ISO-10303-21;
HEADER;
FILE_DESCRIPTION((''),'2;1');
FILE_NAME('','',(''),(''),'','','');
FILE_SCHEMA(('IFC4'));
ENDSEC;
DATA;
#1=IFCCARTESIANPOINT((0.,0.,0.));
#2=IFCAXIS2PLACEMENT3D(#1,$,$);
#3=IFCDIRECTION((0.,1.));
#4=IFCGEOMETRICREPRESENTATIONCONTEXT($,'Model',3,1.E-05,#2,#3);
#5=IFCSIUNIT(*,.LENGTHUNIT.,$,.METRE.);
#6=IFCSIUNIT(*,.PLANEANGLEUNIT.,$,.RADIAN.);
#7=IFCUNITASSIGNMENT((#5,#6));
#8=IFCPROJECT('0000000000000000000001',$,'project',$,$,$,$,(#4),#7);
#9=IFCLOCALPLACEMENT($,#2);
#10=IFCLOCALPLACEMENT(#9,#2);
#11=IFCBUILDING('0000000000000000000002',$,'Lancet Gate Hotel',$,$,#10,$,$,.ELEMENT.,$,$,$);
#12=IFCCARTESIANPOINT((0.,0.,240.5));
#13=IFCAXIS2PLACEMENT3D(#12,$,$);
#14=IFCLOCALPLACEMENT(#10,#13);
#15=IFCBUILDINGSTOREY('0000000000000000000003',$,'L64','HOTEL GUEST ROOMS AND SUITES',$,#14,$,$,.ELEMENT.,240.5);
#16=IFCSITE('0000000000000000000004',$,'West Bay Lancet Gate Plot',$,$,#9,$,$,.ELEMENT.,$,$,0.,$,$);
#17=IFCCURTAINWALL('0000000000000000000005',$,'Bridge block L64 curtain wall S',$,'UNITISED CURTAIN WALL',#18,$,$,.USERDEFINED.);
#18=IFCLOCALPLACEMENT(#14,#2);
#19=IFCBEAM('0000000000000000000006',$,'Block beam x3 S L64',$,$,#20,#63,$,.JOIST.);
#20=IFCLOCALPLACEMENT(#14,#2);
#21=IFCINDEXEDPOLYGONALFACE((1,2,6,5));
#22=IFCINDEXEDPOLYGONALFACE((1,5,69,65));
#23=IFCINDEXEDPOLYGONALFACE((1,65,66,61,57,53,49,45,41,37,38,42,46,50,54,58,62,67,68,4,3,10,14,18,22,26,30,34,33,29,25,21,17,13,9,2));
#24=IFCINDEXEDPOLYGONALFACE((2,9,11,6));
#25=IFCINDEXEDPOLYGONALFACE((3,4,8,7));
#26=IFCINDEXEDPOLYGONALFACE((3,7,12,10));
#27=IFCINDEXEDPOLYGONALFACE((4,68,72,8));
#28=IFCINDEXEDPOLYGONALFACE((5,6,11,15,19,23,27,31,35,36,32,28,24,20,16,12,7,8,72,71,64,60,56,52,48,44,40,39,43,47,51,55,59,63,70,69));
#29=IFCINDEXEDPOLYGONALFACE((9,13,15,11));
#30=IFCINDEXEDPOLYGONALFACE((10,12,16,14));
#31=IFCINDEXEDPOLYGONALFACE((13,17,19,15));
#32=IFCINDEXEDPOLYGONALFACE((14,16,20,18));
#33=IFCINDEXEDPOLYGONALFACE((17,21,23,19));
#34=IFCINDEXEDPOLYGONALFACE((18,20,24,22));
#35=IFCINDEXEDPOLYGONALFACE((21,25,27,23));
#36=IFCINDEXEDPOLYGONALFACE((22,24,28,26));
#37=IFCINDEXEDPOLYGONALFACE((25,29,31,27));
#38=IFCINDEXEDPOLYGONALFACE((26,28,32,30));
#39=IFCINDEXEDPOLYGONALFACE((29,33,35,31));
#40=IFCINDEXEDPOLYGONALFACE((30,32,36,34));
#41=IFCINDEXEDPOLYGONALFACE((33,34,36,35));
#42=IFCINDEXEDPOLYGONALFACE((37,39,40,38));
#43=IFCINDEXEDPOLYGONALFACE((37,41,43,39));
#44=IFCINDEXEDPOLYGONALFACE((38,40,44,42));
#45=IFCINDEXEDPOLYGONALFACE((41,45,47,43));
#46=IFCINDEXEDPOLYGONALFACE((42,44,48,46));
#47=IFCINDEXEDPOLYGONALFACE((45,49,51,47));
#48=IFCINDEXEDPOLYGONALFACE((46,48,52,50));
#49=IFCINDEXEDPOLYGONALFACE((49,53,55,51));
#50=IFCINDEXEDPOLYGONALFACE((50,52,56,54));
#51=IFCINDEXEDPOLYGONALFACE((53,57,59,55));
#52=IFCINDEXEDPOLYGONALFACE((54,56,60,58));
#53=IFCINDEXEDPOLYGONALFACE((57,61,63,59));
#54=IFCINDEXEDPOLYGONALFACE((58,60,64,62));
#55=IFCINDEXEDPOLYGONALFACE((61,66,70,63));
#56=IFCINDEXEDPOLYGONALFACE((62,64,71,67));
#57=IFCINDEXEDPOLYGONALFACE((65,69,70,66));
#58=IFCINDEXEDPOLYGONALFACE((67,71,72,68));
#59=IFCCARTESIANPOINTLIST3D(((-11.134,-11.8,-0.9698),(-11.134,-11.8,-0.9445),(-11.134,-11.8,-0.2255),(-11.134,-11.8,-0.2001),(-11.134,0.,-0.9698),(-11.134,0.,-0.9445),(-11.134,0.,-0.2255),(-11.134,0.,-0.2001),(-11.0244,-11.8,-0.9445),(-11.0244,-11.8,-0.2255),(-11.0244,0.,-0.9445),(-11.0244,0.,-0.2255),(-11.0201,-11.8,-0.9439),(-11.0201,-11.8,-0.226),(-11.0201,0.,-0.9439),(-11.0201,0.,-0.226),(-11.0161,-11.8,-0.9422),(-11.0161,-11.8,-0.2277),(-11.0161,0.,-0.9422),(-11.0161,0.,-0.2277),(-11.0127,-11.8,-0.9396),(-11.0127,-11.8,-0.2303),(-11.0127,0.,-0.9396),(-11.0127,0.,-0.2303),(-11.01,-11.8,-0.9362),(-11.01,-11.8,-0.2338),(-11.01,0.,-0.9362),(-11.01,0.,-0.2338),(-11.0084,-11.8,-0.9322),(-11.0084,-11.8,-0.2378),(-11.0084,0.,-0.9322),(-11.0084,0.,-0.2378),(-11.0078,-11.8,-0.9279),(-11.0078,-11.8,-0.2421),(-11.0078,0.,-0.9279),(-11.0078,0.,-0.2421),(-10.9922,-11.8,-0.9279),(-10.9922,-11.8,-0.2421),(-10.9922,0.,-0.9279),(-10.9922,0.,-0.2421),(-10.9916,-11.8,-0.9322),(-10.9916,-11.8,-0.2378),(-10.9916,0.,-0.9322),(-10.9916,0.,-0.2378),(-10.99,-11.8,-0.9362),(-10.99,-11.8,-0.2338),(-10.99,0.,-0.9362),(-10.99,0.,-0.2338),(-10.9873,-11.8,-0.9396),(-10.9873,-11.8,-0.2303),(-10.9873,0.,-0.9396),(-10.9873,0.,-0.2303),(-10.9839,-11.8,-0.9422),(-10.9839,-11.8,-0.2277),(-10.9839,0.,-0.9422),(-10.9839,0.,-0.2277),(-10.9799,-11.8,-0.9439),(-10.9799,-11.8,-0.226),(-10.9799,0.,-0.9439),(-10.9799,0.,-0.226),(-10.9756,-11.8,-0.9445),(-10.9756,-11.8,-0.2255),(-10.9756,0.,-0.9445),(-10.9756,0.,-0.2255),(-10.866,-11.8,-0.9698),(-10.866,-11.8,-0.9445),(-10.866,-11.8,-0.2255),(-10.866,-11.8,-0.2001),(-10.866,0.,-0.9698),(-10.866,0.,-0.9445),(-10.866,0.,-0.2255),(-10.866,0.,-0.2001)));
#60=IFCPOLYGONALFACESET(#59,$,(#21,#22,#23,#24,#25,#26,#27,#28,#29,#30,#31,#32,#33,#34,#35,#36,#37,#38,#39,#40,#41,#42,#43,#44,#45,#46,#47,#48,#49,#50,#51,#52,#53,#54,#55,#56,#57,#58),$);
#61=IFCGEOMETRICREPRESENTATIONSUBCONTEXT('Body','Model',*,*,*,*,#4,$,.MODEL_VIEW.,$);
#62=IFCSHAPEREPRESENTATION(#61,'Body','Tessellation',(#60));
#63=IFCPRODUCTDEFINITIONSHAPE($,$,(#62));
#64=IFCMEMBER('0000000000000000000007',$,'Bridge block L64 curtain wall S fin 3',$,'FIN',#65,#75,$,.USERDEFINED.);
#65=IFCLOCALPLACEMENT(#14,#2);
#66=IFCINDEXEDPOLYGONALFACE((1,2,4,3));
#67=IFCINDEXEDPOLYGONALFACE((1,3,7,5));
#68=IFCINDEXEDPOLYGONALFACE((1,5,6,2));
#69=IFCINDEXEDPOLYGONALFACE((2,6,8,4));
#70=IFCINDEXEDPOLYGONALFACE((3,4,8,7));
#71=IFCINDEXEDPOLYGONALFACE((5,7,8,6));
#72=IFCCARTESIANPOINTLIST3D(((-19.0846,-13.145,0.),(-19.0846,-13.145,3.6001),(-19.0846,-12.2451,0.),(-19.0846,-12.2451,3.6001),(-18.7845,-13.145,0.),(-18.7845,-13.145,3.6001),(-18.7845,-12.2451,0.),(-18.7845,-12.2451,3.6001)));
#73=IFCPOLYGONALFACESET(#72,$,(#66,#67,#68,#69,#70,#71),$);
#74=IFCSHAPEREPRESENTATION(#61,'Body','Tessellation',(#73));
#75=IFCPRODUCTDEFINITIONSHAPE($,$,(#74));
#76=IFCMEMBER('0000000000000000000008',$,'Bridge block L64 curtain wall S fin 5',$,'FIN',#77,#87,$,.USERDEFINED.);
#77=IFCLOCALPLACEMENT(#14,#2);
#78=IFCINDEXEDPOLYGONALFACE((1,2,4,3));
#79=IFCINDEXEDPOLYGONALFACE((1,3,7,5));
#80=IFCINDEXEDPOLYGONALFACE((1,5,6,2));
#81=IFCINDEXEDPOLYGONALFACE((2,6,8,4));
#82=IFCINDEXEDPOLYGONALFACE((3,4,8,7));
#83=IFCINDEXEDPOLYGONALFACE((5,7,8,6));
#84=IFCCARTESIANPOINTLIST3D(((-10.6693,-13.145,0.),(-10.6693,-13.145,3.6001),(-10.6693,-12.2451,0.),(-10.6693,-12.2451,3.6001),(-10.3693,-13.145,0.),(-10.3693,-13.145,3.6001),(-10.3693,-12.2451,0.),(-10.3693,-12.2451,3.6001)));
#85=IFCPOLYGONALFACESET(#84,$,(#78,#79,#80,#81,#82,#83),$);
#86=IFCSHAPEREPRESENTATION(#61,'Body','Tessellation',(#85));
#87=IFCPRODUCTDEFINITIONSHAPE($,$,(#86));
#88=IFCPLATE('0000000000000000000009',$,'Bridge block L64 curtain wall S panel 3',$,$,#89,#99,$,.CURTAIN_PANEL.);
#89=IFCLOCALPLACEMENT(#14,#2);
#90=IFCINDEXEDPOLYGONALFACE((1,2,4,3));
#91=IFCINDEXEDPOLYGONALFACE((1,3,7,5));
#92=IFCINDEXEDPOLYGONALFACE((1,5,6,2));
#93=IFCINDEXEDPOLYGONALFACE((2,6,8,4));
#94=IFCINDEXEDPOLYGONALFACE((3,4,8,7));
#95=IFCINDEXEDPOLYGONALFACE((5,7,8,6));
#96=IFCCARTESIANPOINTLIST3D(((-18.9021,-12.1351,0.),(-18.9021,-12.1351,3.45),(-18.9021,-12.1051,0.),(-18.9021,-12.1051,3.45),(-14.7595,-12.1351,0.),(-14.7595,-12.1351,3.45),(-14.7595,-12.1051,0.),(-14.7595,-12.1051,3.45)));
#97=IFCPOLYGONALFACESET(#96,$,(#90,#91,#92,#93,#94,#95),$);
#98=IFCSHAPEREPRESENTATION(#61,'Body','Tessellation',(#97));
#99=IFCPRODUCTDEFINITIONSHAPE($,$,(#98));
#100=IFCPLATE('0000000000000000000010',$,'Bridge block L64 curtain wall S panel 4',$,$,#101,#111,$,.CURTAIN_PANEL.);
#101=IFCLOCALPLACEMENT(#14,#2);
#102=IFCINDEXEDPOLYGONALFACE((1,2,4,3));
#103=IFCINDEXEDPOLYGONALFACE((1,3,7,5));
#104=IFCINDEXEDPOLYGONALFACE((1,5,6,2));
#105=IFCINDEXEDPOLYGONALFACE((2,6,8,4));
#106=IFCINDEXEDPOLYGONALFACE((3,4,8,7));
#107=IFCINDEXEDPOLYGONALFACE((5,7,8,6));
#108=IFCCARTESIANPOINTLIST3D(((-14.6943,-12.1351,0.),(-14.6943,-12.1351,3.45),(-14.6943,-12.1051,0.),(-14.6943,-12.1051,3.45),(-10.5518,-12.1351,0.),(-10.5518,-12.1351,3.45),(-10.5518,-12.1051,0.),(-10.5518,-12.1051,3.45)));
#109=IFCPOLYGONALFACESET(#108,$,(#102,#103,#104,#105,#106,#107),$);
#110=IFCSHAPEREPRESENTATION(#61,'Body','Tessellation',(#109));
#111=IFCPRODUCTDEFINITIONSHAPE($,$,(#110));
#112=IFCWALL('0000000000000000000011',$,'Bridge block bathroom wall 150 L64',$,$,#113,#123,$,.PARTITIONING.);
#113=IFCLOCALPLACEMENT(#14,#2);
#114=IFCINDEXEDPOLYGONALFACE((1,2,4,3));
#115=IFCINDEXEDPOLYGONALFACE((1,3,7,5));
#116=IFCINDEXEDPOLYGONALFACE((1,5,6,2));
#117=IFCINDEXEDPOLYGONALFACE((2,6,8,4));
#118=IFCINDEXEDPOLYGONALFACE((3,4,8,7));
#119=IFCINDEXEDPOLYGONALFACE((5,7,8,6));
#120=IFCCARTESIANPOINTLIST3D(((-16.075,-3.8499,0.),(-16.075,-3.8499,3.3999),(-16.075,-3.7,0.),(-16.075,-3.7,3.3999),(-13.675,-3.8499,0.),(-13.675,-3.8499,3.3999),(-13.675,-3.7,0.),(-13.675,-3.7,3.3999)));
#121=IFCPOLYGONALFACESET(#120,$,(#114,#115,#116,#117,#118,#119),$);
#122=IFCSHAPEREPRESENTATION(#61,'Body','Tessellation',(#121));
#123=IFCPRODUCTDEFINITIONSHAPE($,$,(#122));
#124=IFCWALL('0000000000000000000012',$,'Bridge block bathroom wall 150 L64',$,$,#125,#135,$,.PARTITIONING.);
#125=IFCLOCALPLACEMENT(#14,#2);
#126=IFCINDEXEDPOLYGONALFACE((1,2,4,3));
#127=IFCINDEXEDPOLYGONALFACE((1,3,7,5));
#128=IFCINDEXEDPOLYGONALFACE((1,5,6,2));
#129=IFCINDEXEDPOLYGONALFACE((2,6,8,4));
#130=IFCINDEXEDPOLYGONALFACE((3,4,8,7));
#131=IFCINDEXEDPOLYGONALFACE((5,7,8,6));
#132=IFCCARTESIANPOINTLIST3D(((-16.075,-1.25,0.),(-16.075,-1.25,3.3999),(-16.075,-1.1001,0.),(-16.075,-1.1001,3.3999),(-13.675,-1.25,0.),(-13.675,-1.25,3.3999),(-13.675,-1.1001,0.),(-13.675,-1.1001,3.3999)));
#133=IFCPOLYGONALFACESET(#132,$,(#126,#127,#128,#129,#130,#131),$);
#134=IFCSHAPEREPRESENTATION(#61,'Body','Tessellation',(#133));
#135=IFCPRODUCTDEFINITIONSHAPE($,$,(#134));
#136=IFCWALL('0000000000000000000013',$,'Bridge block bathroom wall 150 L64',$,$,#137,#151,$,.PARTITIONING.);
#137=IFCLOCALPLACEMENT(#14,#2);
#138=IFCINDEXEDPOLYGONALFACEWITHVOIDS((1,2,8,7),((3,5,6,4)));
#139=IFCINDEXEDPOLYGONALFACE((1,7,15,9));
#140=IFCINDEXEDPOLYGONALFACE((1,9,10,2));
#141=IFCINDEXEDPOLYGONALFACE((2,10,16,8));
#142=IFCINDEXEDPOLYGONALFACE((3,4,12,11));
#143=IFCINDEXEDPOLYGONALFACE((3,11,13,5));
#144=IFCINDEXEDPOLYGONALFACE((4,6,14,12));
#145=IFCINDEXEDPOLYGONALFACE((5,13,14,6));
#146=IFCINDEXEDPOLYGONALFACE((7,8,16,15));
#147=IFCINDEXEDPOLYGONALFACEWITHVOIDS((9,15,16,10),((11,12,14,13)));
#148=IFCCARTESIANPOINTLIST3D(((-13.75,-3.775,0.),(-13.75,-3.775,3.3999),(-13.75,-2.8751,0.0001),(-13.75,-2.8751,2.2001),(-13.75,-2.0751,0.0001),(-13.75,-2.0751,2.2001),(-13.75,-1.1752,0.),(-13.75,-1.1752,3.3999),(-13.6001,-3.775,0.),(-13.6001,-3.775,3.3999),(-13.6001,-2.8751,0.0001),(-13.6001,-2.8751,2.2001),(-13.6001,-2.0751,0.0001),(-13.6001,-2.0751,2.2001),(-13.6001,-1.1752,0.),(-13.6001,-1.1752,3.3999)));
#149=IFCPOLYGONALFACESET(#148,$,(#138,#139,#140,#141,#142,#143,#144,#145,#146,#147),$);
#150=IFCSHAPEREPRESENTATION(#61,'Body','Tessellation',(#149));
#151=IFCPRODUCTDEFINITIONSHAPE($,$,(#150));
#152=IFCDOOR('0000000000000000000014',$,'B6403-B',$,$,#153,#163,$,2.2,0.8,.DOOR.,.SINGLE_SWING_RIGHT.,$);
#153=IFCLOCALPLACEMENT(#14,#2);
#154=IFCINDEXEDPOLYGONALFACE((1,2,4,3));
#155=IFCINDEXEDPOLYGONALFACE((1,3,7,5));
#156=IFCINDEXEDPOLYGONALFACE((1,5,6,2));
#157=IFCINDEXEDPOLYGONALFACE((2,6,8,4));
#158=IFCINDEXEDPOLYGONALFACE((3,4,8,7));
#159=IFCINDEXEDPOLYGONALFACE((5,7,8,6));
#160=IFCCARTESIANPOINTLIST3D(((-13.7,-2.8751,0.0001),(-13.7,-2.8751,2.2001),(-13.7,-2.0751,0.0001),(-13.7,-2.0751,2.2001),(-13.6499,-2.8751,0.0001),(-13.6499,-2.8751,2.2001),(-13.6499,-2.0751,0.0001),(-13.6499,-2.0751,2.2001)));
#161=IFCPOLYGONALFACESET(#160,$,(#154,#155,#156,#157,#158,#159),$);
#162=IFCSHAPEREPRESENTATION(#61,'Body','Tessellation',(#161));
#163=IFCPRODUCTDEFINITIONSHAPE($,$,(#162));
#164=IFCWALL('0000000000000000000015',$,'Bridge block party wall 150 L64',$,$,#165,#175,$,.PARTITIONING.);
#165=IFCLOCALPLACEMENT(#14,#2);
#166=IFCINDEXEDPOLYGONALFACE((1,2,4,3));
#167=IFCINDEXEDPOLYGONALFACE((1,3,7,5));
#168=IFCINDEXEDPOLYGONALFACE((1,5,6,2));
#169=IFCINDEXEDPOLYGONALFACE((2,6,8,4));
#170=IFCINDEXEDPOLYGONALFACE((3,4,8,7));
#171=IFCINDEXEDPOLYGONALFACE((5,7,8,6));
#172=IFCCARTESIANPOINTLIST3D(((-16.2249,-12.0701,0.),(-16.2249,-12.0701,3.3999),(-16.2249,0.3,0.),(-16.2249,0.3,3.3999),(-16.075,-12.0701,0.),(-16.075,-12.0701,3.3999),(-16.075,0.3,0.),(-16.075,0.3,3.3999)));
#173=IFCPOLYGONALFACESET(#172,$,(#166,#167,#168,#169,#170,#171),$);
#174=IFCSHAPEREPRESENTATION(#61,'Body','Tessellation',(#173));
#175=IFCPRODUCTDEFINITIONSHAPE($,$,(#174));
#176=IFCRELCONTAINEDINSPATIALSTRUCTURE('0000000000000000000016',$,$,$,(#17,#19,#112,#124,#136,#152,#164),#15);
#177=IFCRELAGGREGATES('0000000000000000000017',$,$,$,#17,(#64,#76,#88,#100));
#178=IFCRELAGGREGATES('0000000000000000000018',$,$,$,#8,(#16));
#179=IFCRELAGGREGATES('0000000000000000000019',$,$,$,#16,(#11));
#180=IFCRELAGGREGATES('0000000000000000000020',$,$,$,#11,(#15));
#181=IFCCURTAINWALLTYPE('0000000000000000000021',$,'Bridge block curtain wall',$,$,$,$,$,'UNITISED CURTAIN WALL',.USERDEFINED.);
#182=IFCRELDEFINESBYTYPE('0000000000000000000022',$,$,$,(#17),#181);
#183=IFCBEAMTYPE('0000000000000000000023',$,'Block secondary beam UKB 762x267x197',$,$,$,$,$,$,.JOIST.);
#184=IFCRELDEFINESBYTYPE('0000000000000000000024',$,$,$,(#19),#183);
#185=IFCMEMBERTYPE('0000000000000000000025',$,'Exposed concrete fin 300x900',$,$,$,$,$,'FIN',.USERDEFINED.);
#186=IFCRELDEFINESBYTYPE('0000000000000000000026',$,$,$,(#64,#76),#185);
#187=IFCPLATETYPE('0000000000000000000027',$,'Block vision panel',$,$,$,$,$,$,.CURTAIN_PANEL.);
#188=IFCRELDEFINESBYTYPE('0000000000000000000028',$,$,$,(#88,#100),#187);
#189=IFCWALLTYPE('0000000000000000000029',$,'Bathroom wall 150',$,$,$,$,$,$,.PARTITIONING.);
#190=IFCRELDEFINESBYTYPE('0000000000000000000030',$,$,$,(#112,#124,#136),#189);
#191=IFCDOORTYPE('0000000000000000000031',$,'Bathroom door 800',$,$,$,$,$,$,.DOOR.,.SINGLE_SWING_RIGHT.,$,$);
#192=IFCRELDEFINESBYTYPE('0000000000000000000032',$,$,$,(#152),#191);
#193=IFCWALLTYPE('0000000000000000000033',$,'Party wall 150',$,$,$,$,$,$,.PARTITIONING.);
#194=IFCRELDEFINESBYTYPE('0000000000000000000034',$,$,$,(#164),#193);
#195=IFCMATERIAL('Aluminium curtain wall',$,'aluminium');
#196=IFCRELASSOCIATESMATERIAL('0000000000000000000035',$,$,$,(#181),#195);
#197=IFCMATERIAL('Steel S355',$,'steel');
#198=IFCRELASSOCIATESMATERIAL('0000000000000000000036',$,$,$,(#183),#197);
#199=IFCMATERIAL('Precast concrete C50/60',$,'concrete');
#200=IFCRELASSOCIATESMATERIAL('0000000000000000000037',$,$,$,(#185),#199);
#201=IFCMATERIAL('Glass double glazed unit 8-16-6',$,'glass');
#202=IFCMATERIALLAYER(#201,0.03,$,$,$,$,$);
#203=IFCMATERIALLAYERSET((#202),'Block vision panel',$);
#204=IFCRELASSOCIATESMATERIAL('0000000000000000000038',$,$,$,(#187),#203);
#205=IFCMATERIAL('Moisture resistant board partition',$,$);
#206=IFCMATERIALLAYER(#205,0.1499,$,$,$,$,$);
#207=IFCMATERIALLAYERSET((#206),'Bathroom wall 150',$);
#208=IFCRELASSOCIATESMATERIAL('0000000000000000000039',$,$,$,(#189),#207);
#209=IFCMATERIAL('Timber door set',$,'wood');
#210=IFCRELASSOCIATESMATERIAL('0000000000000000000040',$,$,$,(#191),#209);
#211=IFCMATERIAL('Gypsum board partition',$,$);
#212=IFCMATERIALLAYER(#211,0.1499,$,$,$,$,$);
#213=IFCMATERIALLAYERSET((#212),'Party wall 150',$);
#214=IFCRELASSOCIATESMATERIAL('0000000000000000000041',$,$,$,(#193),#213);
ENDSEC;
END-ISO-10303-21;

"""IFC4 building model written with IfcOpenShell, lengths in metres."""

from ifc_helpers import new_model, si_unit, direction, frame, frame_2d, origin, origin_2d, place, context, subcontext, project, spatial, rectangle, i_section, extrude, material, layer, layer_set, material_profile, profile_set, type_object, element, fill, aggregate, save


model = new_model("IFC4")

# Units and contexts
model_context = context("Model", 3, precision=1e-05, world=origin(), true_north=direction((0.0, 1.0)))
body_context = subcontext(model_context, "Body", "Model", "MODEL_VIEW")
ifc_project = project(units=[si_unit("LENGTHUNIT", "METRE"), si_unit("PLANEANGLEUNIT", "RADIAN")], contexts=[model_context])

# Site, building, storey
site_placement = place(None, origin())
site = spatial("IfcSite", under=ifc_project, at=site_placement, Name="West Bay Lancet Gate Plot", CompositionType="ELEMENT", RefElevation=0.0)
building_placement = place(site_placement, origin())
building = spatial("IfcBuilding", under=site, at=building_placement, Name="Lancet Gate Hotel", CompositionType="ELEMENT")
storey_placement = place(building_placement, frame((0.0, 0.0, 240.5)))
storey = spatial("IfcBuildingStorey", under=building, at=storey_placement, Name="L64", Description="HOTEL GUEST ROOMS AND SUITES", CompositionType="ELEMENT", Elevation=240.5)

# Curtain wall
ifc_material_1 = material(Name="Aluminium curtain wall", Category="aluminium")
curtain_wall_type = type_object("IfcCurtainWallType", Name="Bridge block curtain wall", ElementType="UNITISED CURTAIN WALL", PredefinedType="USERDEFINED", material=ifc_material_1)
curtain_wall_placement = place(storey_placement, origin())
curtain_wall = element("IfcCurtainWall", 1, at=curtain_wall_placement, inside=storey, type_object=curtain_wall_type, Name="Bridge block L64 curtain wall S", ObjectType="UNITISED CURTAIN WALL", PredefinedType="USERDEFINED")

# Beam
ifc_material_2 = material(Name="Steel S355", Category="steel")
ifc_material_profile_1 = material_profile(ifc_material_2, i_section(OverallWidth=0.2681, OverallDepth=0.7698, WebThickness=0.0156, FlangeThickness=0.0254, FilletRadius=0.0166, at=origin_2d()), Name="UKB 762x267x197")
ifc_profile_set_1 = profile_set([ifc_material_profile_1], Name="Steel S355")
beam_type_1 = type_object("IfcBeamType", Name="Block secondary beam UKB 762x267x197", PredefinedType="JOIST", material=ifc_profile_set_1)
for number, where, z_axis, x_axis, name in (
    (2, (-11.0, -11.8, -0.585), (0.0, 1.0, 0.0), (-1.0, 0.0, 0.0), "Block beam x3 S L64"),
):
    element("IfcBeam", number, at=place(storey_placement, frame(where, z_axis=z_axis, x_axis=x_axis)), inside=storey, type_object=beam_type_1, Name=name, PredefinedType="JOIST", context=body_context, shape_type="SweptSolid", body=[
        extrude(i_section(OverallWidth=0.2681, OverallDepth=0.7698, WebThickness=0.0156, FlangeThickness=0.0254, FilletRadius=0.0166, at=origin_2d()), origin(), (0.0, 0.0, 1.0), 11.8),
    ])

# Members
ifc_material_3 = material(Name="Precast concrete C50/60", Category="concrete")
ifc_material_profile_2 = material_profile(ifc_material_3, rectangle(XDim=0.3, YDim=0.8999, at=origin_2d()), Name="FIN 300x900")
ifc_profile_set_2 = profile_set([ifc_material_profile_2], Name="Precast concrete C50/60")
member_type_1 = type_object("IfcMemberType", Name="Exposed concrete fin 300x900", ElementType="FIN", PredefinedType="USERDEFINED", material=ifc_profile_set_2)
member_1_placement = place(storey_placement, frame((-18.9346, -12.6951, 0.0), z_axis=(0.0, 0.0, 1.0), x_axis=(1.0, 0.0, 0.0)))
member_1 = element("IfcMember", 3, at=member_1_placement, type_object=member_type_1, Name="Bridge block L64 curtain wall S fin 3", ObjectType="FIN", PredefinedType="USERDEFINED", context=body_context, shape_type="SweptSolid", body=[
    extrude(rectangle(XDim=0.3, YDim=0.8999, at=origin_2d()), origin(), (0.0, 0.0, 1.0), 3.6001),
])
member_2_placement = place(storey_placement, frame((-10.5193, -12.6951, 0.0), z_axis=(0.0, 0.0, 1.0), x_axis=(1.0, 0.0, 0.0)))
member_2 = element("IfcMember", 4, at=member_2_placement, type_object=member_type_1, Name="Bridge block L64 curtain wall S fin 5", ObjectType="FIN", PredefinedType="USERDEFINED", context=body_context, shape_type="SweptSolid", body=[
    extrude(rectangle(XDim=0.3, YDim=0.8999, at=origin_2d()), origin(), (0.0, 0.0, 1.0), 3.6001),
])

# Plates
ifc_material_4 = material(Name="Glass double glazed unit 8-16-6", Category="glass")
ifc_layer_1 = layer(ifc_material_4, 0.03)
ifc_layer_set_1 = layer_set([ifc_layer_1], Name="Block vision panel")
plate_type = type_object("IfcPlateType", Name="Block vision panel", PredefinedType="CURTAIN_PANEL", material=ifc_layer_set_1)
plate_1_placement = place(storey_placement, frame((-16.8308, -12.1201, 0.0), z_axis=(0.0, 0.0, 1.0), x_axis=(1.0, 0.0, 0.0)))
plate_1 = element("IfcPlate", 5, at=plate_1_placement, type_object=plate_type, Name="Bridge block L64 curtain wall S panel 3", PredefinedType="CURTAIN_PANEL", context=body_context, shape_type="SweptSolid", body=[
    extrude(rectangle(XDim=4.1426, YDim=0.03, at=origin_2d()), origin(), (0.0, 0.0, 1.0), 3.45),
])
plate_2_placement = place(storey_placement, frame((-12.623, -12.1201, 0.0), z_axis=(0.0, 0.0, 1.0), x_axis=(1.0, 0.0, 0.0)))
plate_2 = element("IfcPlate", 6, at=plate_2_placement, type_object=plate_type, Name="Bridge block L64 curtain wall S panel 4", PredefinedType="CURTAIN_PANEL", context=body_context, shape_type="SweptSolid", body=[
    extrude(rectangle(XDim=4.1426, YDim=0.03, at=origin_2d()), origin(), (0.0, 0.0, 1.0), 3.45),
])
aggregate(curtain_wall, [member_1, member_2, plate_1, plate_2])

# Walls
ifc_material_5 = material(Name="Moisture resistant board partition")
ifc_layer_2 = layer(ifc_material_5, 0.1499)
ifc_layer_set_2 = layer_set([ifc_layer_2], Name="Bathroom wall 150")
wall_type_1 = type_object("IfcWallType", Name="Bathroom wall 150", PredefinedType="PARTITIONING", material=ifc_layer_set_2)
for number, where, z_axis, x_axis, name in (
    (7, (-16.075, -3.7749, 0.0), (0.0, 0.0, 1.0), (1.0, 0.0, 0.0), "Bridge block bathroom wall 150 L64"),
    (8, (-16.075, -1.175, 0.0), (0.0, 0.0, 1.0), (1.0, 0.0, 0.0), "Bridge block bathroom wall 150 L64"),
):
    element("IfcWall", number, at=place(storey_placement, frame(where, z_axis=z_axis, x_axis=x_axis)), inside=storey, type_object=wall_type_1, Name=name, PredefinedType="PARTITIONING", context=body_context, shape_type="SweptSolid", body=[
        extrude(rectangle(XDim=2.3999, YDim=0.1499, at=frame_2d((1.2, 0.0))), origin(), (0.0, 0.0, 1.0), 3.3999),
    ])

# Wall, opening, door
wall_1_placement = place(storey_placement, frame((-13.675, -3.7749, 0.0), z_axis=(0.0, 0.0, 1.0), x_axis=(0.0, 1.0, 0.0)))
wall_1 = element("IfcWall", 9, at=wall_1_placement, inside=storey, type_object=wall_type_1, Name="Bridge block bathroom wall 150 L64", PredefinedType="PARTITIONING", context=body_context, shape_type="SweptSolid", body=[
    extrude(rectangle(XDim=2.5999, YDim=0.1499, at=frame_2d((1.2998, 0.0))), origin(), (0.0, 0.0, 1.0), 3.3999),
])
opening_placement = place(wall_1_placement, frame((0.8999, 0.0, 0.0)))
opening = element("IfcOpeningElement", 10, at=opening_placement, cuts=wall_1, PredefinedType="OPENING", context=body_context, shape_type="SweptSolid", body=[
    extrude(rectangle(XDim=0.8, YDim=2.2, at=frame_2d((0.3999, 1.1001))), frame((0.0, 0.085, 0.0), z_axis=(0.0, -1.0, 0.0), x_axis=(1.0, 0.0, 0.0)), (0.0, 0.0, 1.0), 0.1699),
])
ifc_material_6 = material(Name="Timber door set", Category="wood")
door_type = type_object("IfcDoorType", Name="Bathroom door 800", OperationType="SINGLE_SWING_RIGHT", PredefinedType="DOOR", material=ifc_material_6)
door_placement = place(opening_placement, origin())
door = element("IfcDoor", 11, at=door_placement, inside=storey, type_object=door_type, Name="B6403-B", OperationType="SINGLE_SWING_RIGHT", OverallHeight=2.2, OverallWidth=0.8, PredefinedType="DOOR", context=body_context, shape_type="SweptSolid", body=[
    extrude(rectangle(XDim=0.8, YDim=2.2, at=frame_2d((0.3999, 1.1001))), frame((0.0, 0.0249, 0.0), z_axis=(0.0, -1.0, 0.0), x_axis=(1.0, 0.0, 0.0)), (0.0, 0.0, 1.0), 0.05),
])
fill(opening, door)

# Wall
ifc_material_7 = material(Name="Gypsum board partition")
ifc_layer_3 = layer(ifc_material_7, 0.1499)
ifc_layer_set_3 = layer_set([ifc_layer_3], Name="Party wall 150")
wall_type_2 = type_object("IfcWallType", Name="Party wall 150", PredefinedType="PARTITIONING", material=ifc_layer_set_3)
wall_2_placement = place(storey_placement, frame((-16.1499, -12.0701, 0.0), z_axis=(0.0, 0.0, 1.0), x_axis=(0.0, 1.0, 0.0)))
element("IfcWall", 12, at=wall_2_placement, inside=storey, type_object=wall_type_2, Name="Bridge block party wall 150 L64", PredefinedType="PARTITIONING", context=body_context, shape_type="SweptSolid", body=[
    extrude(rectangle(XDim=12.3701, YDim=0.1499, at=frame_2d((6.1851, 0.0))), origin(), (0.0, 0.0, 1.0), 3.3999),
])

save(model, "model.ifc")
